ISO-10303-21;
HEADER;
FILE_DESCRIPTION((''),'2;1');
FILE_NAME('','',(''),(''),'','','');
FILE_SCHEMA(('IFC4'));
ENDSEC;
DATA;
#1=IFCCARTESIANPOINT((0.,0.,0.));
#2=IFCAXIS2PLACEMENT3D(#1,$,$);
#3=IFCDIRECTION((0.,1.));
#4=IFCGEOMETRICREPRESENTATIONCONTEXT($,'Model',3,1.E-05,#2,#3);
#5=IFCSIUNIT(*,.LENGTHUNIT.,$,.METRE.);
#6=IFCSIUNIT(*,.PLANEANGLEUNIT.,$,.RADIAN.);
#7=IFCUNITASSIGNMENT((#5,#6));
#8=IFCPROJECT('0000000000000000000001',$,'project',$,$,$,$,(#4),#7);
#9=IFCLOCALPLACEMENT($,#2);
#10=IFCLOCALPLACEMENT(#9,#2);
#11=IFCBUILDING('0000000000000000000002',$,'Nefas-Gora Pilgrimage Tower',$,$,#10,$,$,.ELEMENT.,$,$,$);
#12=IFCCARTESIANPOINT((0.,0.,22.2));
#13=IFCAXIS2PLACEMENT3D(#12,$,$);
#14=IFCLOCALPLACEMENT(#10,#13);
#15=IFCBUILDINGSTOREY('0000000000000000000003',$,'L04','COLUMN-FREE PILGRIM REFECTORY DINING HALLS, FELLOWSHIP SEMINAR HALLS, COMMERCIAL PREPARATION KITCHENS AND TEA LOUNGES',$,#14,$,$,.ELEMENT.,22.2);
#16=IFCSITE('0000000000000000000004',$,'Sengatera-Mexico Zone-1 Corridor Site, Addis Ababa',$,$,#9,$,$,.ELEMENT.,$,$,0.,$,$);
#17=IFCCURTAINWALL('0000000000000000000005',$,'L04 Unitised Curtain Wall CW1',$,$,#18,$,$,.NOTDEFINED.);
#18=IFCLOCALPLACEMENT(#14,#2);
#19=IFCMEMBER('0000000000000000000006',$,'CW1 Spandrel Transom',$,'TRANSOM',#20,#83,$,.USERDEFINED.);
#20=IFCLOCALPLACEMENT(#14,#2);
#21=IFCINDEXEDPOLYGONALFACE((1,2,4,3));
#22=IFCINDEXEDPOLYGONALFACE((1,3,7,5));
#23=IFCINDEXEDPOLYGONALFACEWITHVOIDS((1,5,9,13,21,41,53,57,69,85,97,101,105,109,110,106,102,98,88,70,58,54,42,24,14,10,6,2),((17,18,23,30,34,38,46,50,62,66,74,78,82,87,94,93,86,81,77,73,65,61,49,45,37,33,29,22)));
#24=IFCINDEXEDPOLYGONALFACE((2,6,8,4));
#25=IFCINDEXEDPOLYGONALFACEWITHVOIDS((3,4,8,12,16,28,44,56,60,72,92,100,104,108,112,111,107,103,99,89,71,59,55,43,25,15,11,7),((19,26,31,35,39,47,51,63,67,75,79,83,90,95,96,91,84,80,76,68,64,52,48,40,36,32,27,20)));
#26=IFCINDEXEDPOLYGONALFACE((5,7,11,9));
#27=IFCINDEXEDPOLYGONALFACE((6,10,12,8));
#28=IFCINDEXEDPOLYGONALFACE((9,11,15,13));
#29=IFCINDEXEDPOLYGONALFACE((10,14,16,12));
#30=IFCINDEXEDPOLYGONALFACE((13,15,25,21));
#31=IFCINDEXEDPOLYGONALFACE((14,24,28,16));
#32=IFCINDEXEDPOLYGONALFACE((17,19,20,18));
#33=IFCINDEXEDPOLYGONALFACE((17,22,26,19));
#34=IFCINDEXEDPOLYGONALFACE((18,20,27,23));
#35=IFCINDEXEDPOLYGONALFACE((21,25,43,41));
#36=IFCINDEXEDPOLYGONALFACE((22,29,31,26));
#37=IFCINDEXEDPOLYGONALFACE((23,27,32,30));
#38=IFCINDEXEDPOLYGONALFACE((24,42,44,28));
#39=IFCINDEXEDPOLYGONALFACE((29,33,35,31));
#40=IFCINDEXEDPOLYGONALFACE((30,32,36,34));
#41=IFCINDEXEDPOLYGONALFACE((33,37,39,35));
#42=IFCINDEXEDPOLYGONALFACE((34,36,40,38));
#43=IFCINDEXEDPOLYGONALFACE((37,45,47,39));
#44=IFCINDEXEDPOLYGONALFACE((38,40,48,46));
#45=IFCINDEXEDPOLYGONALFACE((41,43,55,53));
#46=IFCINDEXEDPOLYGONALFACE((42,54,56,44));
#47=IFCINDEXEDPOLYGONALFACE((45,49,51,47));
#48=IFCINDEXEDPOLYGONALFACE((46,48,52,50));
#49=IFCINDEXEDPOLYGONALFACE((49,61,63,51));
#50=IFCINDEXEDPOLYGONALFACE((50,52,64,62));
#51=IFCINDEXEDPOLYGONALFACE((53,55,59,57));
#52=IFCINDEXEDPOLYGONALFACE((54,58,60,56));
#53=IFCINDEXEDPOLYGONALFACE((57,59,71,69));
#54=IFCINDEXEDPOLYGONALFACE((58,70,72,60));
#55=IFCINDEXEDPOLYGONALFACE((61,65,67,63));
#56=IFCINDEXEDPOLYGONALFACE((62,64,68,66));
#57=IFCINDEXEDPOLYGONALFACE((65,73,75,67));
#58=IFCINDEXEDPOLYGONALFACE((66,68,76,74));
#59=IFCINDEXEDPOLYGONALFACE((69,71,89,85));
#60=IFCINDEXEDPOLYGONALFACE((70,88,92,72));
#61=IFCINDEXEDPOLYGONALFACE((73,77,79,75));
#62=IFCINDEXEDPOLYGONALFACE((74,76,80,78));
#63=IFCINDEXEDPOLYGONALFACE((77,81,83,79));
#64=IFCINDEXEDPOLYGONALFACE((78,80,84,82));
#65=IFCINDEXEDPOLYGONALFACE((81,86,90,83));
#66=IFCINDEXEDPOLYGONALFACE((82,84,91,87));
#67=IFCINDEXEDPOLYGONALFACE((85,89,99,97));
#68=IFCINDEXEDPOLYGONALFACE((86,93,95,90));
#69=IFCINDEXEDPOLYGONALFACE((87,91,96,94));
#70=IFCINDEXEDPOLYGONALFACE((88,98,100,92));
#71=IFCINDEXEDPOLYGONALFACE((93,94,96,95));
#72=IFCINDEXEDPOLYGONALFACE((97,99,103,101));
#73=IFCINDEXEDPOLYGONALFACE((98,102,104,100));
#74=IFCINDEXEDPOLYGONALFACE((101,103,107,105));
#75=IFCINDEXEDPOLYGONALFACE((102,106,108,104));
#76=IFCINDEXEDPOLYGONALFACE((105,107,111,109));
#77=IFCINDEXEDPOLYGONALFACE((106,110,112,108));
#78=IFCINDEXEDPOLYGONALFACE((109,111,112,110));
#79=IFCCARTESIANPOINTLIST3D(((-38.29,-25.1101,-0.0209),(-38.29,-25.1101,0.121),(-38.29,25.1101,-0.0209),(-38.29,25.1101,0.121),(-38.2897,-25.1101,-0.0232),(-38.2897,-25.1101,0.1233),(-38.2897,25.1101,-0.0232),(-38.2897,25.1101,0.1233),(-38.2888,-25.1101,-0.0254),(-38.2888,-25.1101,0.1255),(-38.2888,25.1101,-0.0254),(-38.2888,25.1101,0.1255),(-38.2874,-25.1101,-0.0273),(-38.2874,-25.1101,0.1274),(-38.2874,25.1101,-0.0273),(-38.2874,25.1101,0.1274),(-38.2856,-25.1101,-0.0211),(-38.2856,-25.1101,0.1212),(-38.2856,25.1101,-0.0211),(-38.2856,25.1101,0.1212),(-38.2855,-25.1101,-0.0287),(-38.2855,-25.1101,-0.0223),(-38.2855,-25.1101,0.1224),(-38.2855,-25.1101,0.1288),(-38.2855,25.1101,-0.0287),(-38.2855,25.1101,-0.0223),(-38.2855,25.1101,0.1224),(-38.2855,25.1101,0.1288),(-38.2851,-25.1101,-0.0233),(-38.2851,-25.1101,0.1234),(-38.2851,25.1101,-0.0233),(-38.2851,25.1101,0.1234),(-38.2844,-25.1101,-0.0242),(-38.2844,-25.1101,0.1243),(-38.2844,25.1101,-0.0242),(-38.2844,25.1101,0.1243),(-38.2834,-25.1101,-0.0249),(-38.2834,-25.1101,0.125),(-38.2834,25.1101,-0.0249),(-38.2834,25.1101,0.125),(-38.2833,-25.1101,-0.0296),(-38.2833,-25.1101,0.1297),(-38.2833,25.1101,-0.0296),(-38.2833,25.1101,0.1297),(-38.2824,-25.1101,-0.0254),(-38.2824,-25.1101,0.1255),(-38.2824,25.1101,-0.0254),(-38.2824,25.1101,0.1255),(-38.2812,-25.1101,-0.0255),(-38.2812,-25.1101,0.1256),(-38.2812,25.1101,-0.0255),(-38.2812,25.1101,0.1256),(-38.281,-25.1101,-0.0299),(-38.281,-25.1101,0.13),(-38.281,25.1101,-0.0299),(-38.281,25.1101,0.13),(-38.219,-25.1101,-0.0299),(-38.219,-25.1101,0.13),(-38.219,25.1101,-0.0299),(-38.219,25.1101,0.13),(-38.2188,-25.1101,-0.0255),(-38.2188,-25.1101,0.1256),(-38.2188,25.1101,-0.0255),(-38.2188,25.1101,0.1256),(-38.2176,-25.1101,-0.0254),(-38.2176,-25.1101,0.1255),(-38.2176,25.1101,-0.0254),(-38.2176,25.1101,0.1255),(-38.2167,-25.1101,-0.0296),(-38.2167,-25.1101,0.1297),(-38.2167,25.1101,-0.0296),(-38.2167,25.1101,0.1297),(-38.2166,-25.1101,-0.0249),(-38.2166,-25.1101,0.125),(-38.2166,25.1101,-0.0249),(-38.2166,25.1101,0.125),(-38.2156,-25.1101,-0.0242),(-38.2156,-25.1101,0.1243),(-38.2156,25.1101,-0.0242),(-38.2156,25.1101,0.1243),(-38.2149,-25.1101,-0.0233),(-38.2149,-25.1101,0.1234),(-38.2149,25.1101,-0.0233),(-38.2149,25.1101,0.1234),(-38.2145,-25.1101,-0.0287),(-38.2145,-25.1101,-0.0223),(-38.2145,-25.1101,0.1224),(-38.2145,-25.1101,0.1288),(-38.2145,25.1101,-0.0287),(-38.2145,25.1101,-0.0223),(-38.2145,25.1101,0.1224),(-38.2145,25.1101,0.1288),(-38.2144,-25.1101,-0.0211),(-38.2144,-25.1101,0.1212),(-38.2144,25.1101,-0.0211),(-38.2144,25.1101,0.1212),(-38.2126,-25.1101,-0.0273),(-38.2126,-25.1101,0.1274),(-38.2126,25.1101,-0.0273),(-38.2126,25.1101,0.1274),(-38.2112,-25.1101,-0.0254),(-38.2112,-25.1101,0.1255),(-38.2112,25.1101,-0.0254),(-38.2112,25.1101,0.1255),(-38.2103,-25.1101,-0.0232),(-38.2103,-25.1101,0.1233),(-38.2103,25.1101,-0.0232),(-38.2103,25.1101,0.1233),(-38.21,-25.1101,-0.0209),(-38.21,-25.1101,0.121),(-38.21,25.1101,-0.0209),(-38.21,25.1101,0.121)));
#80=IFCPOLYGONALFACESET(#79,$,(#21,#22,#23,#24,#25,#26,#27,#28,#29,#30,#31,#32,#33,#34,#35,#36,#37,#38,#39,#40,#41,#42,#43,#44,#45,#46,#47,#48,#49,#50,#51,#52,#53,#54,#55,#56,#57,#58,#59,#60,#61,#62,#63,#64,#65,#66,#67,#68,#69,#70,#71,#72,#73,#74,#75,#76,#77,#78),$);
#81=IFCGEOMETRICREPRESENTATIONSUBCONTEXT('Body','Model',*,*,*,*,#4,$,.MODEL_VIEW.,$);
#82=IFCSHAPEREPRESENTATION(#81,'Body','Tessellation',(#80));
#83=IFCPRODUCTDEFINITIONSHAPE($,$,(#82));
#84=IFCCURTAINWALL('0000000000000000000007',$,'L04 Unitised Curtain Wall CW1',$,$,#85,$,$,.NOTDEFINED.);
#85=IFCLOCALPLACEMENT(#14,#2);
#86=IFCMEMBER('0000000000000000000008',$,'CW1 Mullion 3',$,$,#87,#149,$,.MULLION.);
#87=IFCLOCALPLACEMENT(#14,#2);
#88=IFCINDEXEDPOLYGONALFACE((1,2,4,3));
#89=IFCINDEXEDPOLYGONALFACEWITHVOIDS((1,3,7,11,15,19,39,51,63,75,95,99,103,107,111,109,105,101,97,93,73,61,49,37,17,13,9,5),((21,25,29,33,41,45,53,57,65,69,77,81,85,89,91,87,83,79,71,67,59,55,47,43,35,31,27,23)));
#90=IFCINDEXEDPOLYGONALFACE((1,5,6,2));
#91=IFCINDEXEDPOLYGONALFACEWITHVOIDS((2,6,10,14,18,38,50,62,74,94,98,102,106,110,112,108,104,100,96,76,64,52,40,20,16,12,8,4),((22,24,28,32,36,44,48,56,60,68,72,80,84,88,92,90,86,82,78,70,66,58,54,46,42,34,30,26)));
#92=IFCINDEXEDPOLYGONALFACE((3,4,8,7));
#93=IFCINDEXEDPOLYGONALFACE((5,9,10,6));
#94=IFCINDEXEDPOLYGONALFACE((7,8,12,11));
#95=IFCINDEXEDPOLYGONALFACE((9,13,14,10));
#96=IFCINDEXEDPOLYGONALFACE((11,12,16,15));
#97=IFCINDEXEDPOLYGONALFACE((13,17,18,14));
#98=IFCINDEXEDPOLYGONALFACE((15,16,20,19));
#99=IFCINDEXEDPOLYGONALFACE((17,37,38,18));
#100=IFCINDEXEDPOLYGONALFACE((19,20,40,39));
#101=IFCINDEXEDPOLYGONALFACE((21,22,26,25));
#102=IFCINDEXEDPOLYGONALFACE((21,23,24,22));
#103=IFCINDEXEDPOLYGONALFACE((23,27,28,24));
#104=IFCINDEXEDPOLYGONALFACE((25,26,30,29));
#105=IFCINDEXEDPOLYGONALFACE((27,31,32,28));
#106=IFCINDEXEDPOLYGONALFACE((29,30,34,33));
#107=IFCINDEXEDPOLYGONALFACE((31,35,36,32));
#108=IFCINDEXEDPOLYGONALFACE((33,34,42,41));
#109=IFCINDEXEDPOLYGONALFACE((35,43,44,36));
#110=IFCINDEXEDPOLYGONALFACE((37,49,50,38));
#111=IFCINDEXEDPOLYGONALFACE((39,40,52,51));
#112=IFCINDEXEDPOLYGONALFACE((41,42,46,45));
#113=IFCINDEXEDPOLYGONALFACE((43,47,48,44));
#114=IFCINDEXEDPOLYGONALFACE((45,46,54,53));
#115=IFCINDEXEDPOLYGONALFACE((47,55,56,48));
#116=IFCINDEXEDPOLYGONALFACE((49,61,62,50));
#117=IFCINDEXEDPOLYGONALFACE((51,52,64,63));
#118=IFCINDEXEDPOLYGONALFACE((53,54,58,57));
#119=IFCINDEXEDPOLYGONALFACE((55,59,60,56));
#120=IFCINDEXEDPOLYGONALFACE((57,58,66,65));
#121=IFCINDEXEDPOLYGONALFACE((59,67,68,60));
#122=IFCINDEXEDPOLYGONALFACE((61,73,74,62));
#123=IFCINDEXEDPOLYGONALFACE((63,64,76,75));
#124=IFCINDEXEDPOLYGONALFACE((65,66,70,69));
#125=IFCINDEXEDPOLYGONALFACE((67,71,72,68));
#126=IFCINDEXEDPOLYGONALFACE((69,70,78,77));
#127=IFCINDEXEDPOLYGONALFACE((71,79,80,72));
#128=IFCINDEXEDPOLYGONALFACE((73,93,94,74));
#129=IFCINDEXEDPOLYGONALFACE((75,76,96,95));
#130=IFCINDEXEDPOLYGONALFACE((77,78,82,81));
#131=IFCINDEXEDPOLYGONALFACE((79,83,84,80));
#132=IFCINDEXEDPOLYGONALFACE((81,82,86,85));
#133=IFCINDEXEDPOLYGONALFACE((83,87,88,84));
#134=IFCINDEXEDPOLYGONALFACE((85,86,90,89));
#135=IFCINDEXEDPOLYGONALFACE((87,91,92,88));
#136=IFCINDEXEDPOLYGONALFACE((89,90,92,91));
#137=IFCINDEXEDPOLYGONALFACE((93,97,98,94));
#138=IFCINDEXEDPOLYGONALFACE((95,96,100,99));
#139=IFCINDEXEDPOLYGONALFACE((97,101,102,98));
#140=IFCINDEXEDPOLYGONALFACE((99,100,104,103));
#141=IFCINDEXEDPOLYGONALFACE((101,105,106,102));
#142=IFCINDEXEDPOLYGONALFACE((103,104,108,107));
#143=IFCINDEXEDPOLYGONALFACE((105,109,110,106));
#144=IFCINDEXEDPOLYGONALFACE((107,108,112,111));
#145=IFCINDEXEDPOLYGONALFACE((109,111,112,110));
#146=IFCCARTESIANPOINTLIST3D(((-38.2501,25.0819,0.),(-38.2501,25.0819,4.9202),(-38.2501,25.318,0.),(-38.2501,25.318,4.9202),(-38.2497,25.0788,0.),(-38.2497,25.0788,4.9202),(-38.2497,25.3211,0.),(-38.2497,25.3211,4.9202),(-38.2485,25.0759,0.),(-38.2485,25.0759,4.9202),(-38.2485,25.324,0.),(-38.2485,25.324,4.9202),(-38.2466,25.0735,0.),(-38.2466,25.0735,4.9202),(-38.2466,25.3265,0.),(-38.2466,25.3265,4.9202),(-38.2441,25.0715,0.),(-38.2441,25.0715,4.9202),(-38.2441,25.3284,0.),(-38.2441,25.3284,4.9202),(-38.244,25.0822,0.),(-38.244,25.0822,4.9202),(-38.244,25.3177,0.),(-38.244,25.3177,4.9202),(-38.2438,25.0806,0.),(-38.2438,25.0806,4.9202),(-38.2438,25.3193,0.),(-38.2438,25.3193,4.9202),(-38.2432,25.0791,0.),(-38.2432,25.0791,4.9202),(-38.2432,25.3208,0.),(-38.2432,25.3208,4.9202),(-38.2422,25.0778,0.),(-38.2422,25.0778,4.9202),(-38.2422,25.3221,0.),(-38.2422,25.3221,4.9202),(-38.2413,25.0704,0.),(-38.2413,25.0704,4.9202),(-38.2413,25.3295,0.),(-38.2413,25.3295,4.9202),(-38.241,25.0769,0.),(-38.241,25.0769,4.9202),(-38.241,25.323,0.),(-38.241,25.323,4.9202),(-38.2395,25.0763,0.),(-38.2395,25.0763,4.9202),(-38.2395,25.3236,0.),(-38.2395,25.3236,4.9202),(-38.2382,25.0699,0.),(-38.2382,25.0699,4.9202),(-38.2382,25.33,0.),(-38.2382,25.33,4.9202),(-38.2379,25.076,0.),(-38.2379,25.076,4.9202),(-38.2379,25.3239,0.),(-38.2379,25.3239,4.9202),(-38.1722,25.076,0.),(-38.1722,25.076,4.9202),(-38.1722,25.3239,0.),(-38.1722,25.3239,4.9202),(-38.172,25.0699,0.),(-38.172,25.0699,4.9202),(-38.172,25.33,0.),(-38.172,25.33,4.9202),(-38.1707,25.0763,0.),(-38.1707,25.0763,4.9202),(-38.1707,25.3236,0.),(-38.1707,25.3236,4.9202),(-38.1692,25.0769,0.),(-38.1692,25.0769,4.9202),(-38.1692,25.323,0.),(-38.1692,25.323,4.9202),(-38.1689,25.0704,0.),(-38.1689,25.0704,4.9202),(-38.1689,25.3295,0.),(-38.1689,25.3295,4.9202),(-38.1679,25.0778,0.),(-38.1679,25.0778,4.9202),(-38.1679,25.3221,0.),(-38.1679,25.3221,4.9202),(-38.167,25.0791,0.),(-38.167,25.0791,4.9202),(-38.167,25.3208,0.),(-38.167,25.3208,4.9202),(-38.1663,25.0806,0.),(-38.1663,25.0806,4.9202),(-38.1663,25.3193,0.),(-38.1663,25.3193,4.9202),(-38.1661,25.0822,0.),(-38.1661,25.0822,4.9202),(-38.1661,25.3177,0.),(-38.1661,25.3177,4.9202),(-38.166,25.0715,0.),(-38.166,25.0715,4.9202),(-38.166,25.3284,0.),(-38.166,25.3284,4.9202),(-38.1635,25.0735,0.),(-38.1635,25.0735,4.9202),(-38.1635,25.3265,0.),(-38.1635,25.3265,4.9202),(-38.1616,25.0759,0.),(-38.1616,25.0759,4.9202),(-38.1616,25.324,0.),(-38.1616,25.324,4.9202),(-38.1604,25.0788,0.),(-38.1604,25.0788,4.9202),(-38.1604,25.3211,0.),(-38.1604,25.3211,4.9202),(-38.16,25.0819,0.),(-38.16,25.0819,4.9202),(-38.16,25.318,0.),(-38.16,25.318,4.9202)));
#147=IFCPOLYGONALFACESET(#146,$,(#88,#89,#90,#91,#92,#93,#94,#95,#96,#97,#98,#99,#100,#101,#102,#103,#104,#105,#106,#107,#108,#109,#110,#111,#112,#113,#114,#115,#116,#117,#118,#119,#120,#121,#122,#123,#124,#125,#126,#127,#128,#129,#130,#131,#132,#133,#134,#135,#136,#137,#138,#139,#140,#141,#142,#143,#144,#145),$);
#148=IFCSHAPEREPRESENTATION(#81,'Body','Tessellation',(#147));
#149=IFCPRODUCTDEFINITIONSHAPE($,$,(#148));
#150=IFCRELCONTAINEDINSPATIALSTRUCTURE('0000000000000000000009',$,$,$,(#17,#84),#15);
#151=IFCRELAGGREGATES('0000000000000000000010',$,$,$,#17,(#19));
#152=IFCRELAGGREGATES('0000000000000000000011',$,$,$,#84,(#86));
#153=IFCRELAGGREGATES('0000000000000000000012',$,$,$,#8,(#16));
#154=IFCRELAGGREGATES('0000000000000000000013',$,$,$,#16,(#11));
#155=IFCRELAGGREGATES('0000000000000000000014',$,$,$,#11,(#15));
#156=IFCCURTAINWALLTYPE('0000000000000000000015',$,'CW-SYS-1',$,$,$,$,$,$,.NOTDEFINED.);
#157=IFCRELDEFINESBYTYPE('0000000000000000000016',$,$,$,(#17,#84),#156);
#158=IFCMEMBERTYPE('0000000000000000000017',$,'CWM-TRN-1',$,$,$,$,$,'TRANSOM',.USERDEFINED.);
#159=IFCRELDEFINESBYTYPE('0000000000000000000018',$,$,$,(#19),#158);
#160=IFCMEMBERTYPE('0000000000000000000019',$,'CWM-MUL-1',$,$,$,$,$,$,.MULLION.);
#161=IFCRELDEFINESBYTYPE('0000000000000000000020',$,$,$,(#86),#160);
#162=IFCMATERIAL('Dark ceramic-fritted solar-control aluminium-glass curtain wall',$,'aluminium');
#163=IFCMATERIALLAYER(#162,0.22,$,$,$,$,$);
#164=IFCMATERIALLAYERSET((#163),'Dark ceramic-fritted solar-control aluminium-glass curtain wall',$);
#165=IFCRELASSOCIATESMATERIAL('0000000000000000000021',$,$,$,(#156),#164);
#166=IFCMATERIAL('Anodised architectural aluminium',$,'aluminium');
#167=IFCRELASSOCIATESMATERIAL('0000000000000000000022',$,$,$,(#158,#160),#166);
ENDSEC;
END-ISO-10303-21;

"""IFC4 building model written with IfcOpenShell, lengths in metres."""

from ifc_helpers import new_model, si_unit, direction, frame, origin, origin_2d, place, context, subcontext, project, spatial, hollow_rectangle, extrude, source, transform, mapped, material, layer, layer_set, material_profile, profile_set, type_object, element, aggregate, save


model = new_model("IFC4")

# Units and contexts
model_context = context("Model", 3, precision=1e-05, world=origin(), true_north=direction((0.0, 1.0)))
body_context = subcontext(model_context, "Body", "Model", "MODEL_VIEW")
ifc_project = project(units=[si_unit("LENGTHUNIT", "METRE"), si_unit("PLANEANGLEUNIT", "RADIAN")], contexts=[model_context])

# Site, building, storey
site_placement = place(None, origin())
site = spatial("IfcSite", under=ifc_project, at=site_placement, Name="Sengatera-Mexico Zone-1 Corridor Site, Addis Ababa", CompositionType="ELEMENT", RefElevation=0.0)
building_placement = place(site_placement, origin())
building = spatial("IfcBuilding", under=site, at=building_placement, Name="Nefas-Gora Pilgrimage Tower", CompositionType="ELEMENT")
storey_placement = place(building_placement, frame((0.0, 0.0, 22.2)))
storey = spatial("IfcBuildingStorey", under=building, at=storey_placement, Name="L04", Description="COLUMN-FREE PILGRIM REFECTORY DINING HALLS, FELLOWSHIP SEMINAR HALLS, COMMERCIAL PREPARATION KITCHENS AND TEA LOUNGES", CompositionType="ELEMENT", Elevation=22.2)

# Curtain walls, members
ifc_material_1 = material(Name="Dark ceramic-fritted solar-control aluminium-glass curtain wall", Category="aluminium")
ifc_layer_1 = layer(ifc_material_1, 0.22)
ifc_layer_set_1 = layer_set([ifc_layer_1], Name="Dark ceramic-fritted solar-control aluminium-glass curtain wall")
curtain_wall_type = type_object("IfcCurtainWallType", Name="CW-SYS-1", PredefinedType="NOTDEFINED", material=ifc_layer_set_1)
curtain_wall_1_placement = place(storey_placement, origin())
curtain_wall_1 = element("IfcCurtainWall", 1, at=curtain_wall_1_placement, inside=storey, type_object=curtain_wall_type, Name="L04 Unitised Curtain Wall CW1", PredefinedType="NOTDEFINED")
ifc_material_2 = material(Name="Anodised architectural aluminium", Category="aluminium")
ifc_material_profile_1 = material_profile(ifc_material_2, hollow_rectangle(XDim=0.0801, YDim=0.1599, WallThickness=0.0044, InnerFilletRadius=0.0044, OuterFilletRadius=0.009, at=origin_2d()), Name="ALU TRANSOM 80x160")
ifc_profile_set_1 = profile_set([ifc_material_profile_1], Name="Anodised architectural aluminium")
member_type_1 = type_object("IfcMemberType", Name="CWM-TRN-1", ElementType="TRANSOM", PredefinedType="USERDEFINED", material=ifc_profile_set_1)
shared_shape_1 = source(origin(), body_context, "Body", "SweptSolid", [
    extrude(hollow_rectangle(XDim=0.0801, YDim=0.1599, WallThickness=0.0044, InnerFilletRadius=0.0044, OuterFilletRadius=0.009, at=origin_2d()), origin(), (0.0, 0.0, 1.0), 50.2202),
])
member_1_placement = place(storey_placement, frame((-38.25, 25.1101, 0.05), z_axis=(0.0, -1.0, 0.0), x_axis=(1.0, 0.0, 0.0)))
member_1 = element("IfcMember", 2, at=member_1_placement, type_object=member_type_1, Name="CW1 Spandrel Transom", ObjectType="TRANSOM", PredefinedType="USERDEFINED", context=body_context, shape_type="MappedRepresentation", body=[
    mapped(shared_shape_1, transform((0.0, 0.0, 0.0), x_axis=(1.0, 0.0, 0.0), y_axis=(0.0, 1.0, 0.0), z_axis=(0.0, 0.0, 1.0), scale=1.0)),
])
curtain_wall_2_placement = place(storey_placement, origin())
curtain_wall_2 = element("IfcCurtainWall", 3, at=curtain_wall_2_placement, inside=storey, type_object=curtain_wall_type, Name="L04 Unitised Curtain Wall CW1", PredefinedType="NOTDEFINED")
ifc_material_profile_2 = material_profile(ifc_material_2, hollow_rectangle(XDim=0.0901, YDim=0.26, WallThickness=0.0061, InnerFilletRadius=0.0061, OuterFilletRadius=0.012, at=origin_2d()), Name="ALU MULLION 90x260")
ifc_profile_set_2 = profile_set([ifc_material_profile_2], Name="Anodised architectural aluminium")
member_type_2 = type_object("IfcMemberType", Name="CWM-MUL-1", PredefinedType="MULLION", material=ifc_profile_set_2)
shared_shape_2 = source(origin(), body_context, "Body", "SweptSolid", [
    extrude(hollow_rectangle(XDim=0.0901, YDim=0.26, WallThickness=0.0061, InnerFilletRadius=0.0061, OuterFilletRadius=0.012, at=origin_2d()), origin(), (0.0, 0.0, 1.0), 4.9202),
])
member_2_placement = place(storey_placement, frame((-38.2051, 25.2, 0.0), z_axis=(0.0, 0.0, 1.0), x_axis=(-1.0, 0.0, 0.0)))
member_2 = element("IfcMember", 4, at=member_2_placement, type_object=member_type_2, Name="CW1 Mullion 3", PredefinedType="MULLION", context=body_context, shape_type="MappedRepresentation", body=[
    mapped(shared_shape_2, transform((0.0, 0.0, 0.0), x_axis=(1.0, 0.0, 0.0), y_axis=(0.0, 1.0, 0.0), z_axis=(0.0, 0.0, 1.0), scale=1.0)),
])

aggregate(curtain_wall_1, [member_1])
aggregate(curtain_wall_2, [member_2])

save(model, "model.ifc")
